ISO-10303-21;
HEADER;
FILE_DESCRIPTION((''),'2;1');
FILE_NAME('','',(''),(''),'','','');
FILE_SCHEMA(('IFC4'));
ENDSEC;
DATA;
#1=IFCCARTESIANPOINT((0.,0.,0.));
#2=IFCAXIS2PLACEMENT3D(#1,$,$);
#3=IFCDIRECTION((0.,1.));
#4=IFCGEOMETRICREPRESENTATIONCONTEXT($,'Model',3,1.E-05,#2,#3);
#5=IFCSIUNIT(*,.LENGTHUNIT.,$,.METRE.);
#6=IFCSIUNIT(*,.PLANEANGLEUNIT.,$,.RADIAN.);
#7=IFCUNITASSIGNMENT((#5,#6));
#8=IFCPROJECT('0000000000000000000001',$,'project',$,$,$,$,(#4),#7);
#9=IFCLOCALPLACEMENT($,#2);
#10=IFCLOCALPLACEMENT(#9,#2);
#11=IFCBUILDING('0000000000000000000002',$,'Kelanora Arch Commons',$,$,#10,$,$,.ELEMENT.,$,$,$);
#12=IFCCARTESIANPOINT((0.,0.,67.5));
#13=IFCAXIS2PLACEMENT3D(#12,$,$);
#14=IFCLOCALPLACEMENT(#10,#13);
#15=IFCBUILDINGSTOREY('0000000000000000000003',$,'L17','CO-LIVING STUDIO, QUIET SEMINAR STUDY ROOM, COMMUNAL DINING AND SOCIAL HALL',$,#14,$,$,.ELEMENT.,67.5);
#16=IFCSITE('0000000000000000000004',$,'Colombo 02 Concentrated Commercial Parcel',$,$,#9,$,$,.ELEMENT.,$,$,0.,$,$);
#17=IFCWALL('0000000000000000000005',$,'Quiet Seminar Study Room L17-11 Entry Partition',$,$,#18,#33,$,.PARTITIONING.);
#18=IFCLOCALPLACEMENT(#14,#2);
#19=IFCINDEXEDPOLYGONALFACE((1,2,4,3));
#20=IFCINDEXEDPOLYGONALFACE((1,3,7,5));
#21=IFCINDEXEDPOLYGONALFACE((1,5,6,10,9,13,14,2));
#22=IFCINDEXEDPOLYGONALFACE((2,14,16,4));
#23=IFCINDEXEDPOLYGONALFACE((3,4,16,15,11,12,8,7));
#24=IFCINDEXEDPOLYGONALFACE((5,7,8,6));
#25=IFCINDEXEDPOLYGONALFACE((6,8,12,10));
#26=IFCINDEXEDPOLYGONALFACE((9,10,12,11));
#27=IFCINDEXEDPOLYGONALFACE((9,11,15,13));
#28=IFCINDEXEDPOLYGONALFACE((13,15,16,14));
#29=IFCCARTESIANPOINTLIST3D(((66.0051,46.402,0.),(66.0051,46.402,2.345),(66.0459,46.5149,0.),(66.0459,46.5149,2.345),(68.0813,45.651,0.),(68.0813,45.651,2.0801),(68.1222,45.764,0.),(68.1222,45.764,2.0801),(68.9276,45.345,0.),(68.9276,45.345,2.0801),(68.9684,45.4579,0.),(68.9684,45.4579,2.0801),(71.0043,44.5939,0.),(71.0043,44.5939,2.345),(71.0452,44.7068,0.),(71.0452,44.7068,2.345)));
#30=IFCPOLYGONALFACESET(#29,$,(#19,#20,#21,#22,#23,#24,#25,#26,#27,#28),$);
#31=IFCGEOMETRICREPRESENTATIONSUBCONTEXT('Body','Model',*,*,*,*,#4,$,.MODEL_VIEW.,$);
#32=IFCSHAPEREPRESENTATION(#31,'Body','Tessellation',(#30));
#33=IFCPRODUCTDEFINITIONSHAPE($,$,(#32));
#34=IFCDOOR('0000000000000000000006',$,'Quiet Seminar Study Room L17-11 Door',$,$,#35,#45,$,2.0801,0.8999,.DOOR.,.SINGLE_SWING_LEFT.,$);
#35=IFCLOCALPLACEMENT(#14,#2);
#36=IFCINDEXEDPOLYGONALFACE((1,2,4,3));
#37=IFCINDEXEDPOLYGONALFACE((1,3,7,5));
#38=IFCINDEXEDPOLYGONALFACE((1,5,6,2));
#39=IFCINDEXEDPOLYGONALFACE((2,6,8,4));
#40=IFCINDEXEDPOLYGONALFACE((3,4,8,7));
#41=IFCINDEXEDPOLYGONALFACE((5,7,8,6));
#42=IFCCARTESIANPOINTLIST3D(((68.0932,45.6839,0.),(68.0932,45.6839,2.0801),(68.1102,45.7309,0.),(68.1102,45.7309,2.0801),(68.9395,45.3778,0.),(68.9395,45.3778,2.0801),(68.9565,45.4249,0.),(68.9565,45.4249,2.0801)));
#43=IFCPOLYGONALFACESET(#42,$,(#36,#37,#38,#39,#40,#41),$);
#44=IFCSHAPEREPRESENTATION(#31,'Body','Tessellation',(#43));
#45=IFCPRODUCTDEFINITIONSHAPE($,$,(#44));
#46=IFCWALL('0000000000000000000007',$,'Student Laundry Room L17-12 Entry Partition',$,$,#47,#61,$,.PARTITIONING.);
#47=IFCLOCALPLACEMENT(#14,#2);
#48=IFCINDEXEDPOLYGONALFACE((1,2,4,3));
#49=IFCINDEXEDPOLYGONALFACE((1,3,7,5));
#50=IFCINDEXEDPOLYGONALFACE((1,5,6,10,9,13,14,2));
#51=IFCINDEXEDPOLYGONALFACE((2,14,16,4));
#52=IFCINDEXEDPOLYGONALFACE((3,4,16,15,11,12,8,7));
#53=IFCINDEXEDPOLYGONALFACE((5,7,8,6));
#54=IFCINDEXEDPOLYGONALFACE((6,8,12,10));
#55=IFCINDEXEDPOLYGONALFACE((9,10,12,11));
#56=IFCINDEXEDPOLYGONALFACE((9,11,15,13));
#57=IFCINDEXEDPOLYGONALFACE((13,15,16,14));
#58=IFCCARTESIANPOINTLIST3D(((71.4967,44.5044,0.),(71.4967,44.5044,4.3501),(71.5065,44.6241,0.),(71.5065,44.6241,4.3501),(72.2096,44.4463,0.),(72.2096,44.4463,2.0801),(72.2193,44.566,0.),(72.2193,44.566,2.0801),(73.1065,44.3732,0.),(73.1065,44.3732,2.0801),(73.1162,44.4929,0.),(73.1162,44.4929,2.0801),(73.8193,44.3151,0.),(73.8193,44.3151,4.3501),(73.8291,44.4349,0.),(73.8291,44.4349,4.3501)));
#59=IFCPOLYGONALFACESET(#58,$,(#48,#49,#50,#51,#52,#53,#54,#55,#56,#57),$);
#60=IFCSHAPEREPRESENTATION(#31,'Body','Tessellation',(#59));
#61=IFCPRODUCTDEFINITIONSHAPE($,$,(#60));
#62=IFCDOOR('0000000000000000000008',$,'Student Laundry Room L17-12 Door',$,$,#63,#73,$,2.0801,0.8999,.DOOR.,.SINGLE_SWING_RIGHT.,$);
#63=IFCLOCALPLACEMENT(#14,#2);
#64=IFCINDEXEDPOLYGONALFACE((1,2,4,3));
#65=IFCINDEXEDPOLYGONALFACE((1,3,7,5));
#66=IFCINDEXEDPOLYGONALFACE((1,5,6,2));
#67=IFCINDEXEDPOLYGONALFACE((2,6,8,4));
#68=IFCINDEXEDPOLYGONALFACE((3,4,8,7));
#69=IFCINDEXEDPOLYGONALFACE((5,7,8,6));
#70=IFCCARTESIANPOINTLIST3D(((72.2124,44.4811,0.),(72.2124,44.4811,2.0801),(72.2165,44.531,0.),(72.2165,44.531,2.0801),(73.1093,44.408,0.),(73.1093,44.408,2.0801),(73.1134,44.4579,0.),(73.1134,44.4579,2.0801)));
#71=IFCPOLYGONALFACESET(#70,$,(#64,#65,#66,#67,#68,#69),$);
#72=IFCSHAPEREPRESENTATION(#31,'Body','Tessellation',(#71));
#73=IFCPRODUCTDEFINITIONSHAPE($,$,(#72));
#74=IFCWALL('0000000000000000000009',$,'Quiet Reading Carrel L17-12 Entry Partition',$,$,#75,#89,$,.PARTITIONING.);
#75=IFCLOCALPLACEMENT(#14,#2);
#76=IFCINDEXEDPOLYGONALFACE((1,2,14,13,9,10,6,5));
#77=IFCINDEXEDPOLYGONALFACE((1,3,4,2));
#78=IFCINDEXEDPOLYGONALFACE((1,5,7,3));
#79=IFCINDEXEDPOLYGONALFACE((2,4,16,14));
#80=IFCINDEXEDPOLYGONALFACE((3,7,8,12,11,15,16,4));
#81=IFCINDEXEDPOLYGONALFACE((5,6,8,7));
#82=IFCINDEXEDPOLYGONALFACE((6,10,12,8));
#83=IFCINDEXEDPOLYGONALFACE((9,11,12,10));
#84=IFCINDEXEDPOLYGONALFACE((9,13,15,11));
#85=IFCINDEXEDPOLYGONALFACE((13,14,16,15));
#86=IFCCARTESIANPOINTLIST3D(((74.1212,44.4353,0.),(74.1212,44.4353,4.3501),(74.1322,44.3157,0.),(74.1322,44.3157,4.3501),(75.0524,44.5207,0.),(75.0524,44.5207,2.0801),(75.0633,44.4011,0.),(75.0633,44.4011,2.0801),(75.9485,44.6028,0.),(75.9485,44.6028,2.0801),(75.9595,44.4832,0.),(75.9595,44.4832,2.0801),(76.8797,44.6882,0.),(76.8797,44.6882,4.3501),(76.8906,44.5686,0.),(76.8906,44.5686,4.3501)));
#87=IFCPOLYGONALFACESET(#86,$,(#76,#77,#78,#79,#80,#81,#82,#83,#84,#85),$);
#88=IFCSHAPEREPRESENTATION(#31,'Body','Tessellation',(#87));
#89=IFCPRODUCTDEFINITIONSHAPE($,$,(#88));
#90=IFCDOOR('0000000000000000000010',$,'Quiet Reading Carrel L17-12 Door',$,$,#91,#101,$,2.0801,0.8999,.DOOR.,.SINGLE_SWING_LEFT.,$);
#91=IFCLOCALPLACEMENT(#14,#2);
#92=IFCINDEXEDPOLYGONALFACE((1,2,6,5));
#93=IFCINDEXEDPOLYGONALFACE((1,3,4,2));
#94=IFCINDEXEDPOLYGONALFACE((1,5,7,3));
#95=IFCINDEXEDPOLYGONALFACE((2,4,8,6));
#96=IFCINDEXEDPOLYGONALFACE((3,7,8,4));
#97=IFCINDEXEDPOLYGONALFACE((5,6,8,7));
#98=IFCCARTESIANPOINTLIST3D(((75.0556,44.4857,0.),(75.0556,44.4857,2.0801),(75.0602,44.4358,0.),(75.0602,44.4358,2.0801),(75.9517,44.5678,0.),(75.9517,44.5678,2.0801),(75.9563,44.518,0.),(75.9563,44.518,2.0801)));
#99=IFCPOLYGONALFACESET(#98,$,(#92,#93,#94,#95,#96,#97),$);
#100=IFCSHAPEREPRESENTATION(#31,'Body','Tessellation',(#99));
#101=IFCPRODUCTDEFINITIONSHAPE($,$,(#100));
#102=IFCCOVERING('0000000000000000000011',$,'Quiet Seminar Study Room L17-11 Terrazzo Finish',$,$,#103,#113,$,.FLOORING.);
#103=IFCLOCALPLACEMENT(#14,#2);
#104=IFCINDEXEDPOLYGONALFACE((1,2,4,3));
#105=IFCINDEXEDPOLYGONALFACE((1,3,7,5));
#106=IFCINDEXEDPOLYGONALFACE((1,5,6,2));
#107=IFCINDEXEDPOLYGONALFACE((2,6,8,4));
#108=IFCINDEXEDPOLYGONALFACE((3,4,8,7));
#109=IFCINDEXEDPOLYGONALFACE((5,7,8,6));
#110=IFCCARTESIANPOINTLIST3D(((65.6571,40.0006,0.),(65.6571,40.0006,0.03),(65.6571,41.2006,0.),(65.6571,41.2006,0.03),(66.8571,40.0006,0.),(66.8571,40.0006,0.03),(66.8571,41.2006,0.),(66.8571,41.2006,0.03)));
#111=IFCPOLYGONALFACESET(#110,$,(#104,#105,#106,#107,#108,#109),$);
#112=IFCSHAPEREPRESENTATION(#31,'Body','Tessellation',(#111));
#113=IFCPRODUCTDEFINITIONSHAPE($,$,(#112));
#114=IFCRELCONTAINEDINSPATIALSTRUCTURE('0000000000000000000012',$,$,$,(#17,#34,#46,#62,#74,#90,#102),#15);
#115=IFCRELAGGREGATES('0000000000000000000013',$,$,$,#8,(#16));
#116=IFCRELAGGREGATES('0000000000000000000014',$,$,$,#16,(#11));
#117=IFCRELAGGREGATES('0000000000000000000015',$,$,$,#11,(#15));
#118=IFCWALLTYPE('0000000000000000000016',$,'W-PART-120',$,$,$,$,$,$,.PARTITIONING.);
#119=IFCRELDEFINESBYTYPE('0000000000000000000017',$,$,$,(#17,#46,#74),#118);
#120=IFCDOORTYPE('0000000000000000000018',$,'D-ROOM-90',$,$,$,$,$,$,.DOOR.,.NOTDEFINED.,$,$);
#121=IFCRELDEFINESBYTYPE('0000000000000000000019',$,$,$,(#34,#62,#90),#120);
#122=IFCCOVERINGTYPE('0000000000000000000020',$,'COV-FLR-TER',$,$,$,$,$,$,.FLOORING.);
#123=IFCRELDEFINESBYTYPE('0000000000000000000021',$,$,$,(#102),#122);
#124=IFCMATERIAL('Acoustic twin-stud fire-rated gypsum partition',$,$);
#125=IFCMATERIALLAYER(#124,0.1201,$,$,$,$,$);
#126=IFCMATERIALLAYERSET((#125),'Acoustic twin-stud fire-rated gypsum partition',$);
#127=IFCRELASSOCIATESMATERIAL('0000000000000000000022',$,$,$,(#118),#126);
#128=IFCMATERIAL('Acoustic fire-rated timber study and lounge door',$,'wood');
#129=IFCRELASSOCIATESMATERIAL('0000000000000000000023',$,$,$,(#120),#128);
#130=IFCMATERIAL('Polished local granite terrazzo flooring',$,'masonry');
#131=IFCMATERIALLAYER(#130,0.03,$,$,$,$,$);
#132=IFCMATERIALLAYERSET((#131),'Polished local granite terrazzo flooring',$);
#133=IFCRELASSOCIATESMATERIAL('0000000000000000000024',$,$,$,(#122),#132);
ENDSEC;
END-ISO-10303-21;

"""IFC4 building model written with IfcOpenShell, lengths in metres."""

from ifc_helpers import new_model, si_unit, direction, frame, frame_2d, origin, origin_2d, place, context, subcontext, project, spatial, rectangle, extrude, source, transform, mapped, material, layer, layer_set, type_object, element, fill, save


model = new_model("IFC4")

# Units and contexts
model_context = context("Model", 3, precision=1e-05, world=origin(), true_north=direction((0.0, 1.0)))
body_context = subcontext(model_context, "Body", "Model", "MODEL_VIEW")
ifc_project = project(units=[si_unit("LENGTHUNIT", "METRE"), si_unit("PLANEANGLEUNIT", "RADIAN")], contexts=[model_context])

# Site, building, storey
site_placement = place(None, origin())
site = spatial("IfcSite", under=ifc_project, at=site_placement, Name="Colombo 02 Concentrated Commercial Parcel", CompositionType="ELEMENT", RefElevation=0.0)
building_placement = place(site_placement, origin())
building = spatial("IfcBuilding", under=site, at=building_placement, Name="Kelanora Arch Commons", CompositionType="ELEMENT")
storey_placement = place(building_placement, frame((0.0, 0.0, 67.5)))
storey = spatial("IfcBuildingStorey", under=building, at=storey_placement, Name="L17", Description="CO-LIVING STUDIO, QUIET SEMINAR STUDY ROOM, COMMUNAL DINING AND SOCIAL HALL", CompositionType="ELEMENT", Elevation=67.5)

# Walls, openings, doors
ifc_material_1 = material(Name="Acoustic twin-stud fire-rated gypsum partition")
ifc_layer_1 = layer(ifc_material_1, 0.1201)
ifc_layer_set_1 = layer_set([ifc_layer_1], Name="Acoustic twin-stud fire-rated gypsum partition")
wall_type_1 = type_object("IfcWallType", Name="W-PART-120", PredefinedType="PARTITIONING", material=ifc_layer_set_1)
ifc_material_2 = material(Name="Acoustic fire-rated timber study and lounge door", Category="wood")
door_type = type_object("IfcDoorType", Name="D-ROOM-90", OperationType="NOTDEFINED", PredefinedType="DOOR", material=ifc_material_2)
wall_1_placement = place(storey_placement, frame((66.0254, 46.4585, 0.0), z_axis=(0.0, 0.0, 1.0), x_axis=(0.940385, -0.340113, 0.0)))
wall_1 = element("IfcWall", 1, at=wall_1_placement, inside=storey, type_object=wall_type_1, Name="Quiet Seminar Study Room L17-11 Entry Partition", PredefinedType="PARTITIONING", context=body_context, shape_type="SweptSolid", body=[
    extrude(rectangle(XDim=5.3162, YDim=0.1201, at=frame_2d((2.6582, 0.0))), origin(), (0.0, 0.0, 1.0), 2.345),
])
opening_1_placement = place(wall_1_placement, frame((2.208, 0.0, 0.0)))
opening_1 = element("IfcOpeningElement", 2, at=opening_1_placement, cuts=wall_1, PredefinedType="OPENING", context=body_context, shape_type="SweptSolid", body=[
    extrude(rectangle(XDim=0.8999, YDim=2.0801, at=frame_2d((0.45, 1.04))), frame((0.0, 0.0701, 0.0), z_axis=(0.0, -1.0, 0.0), x_axis=(1.0, 0.0, 0.0)), (0.0, 0.0, 1.0), 0.1401),
])
door_1_placement = place(opening_1_placement, origin())
door_1 = element("IfcDoor", 3, at=door_1_placement, inside=storey, type_object=door_type, Name="Quiet Seminar Study Room L17-11 Door", OperationType="SINGLE_SWING_LEFT", OverallHeight=2.0801, OverallWidth=0.8999, PredefinedType="DOOR", context=body_context, shape_type="SweptSolid", body=[
    extrude(rectangle(XDim=0.8999, YDim=2.0801, at=frame_2d((0.45, 1.04))), frame((0.0, 0.0249, 0.0), z_axis=(0.0, -1.0, 0.0), x_axis=(1.0, 0.0, 0.0)), (0.0, 0.0, 1.0), 0.05),
])
fill(opening_1, door_1)
wall_2_placement = place(storey_placement, frame((71.5017, 44.5642, 0.0), z_axis=(0.0, 0.0, 1.0), x_axis=(0.996698, -0.081198, 0.0)))
wall_2 = element("IfcWall", 4, at=wall_2_placement, inside=storey, type_object=wall_type_1, Name="Student Laundry Room L17-12 Entry Partition", PredefinedType="PARTITIONING", context=body_context, shape_type="SweptSolid", body=[
    extrude(rectangle(XDim=2.3303, YDim=0.1201, at=frame_2d((1.165, 0.0))), origin(), (0.0, 0.0, 1.0), 4.3501),
])
opening_2_placement = place(wall_2_placement, frame((0.7151, 0.0, 0.0)))
opening_2 = element("IfcOpeningElement", 5, at=opening_2_placement, cuts=wall_2, PredefinedType="OPENING", context=body_context, shape_type="SweptSolid", body=[
    extrude(rectangle(XDim=0.8999, YDim=2.0801, at=frame_2d((0.45, 1.04))), frame((0.0, 0.0701, 0.0), z_axis=(0.0, -1.0, 0.0), x_axis=(1.0, 0.0, 0.0)), (0.0, 0.0, 1.0), 0.1401),
])
door_2_placement = place(opening_2_placement, origin())
door_2 = element("IfcDoor", 6, at=door_2_placement, inside=storey, type_object=door_type, Name="Student Laundry Room L17-12 Door", OperationType="SINGLE_SWING_RIGHT", OverallHeight=2.0801, OverallWidth=0.8999, PredefinedType="DOOR", context=body_context, shape_type="SweptSolid", body=[
    extrude(rectangle(XDim=0.8999, YDim=2.0801, at=frame_2d((0.45, 1.04))), frame((0.0, 0.0249, 0.0), z_axis=(0.0, -1.0, 0.0), x_axis=(1.0, 0.0, 0.0)), (0.0, 0.0, 1.0), 0.05),
])
fill(opening_2, door_2)
wall_3_placement = place(storey_placement, frame((74.1267, 44.3755, 0.0), z_axis=(0.0, 0.0, 1.0), x_axis=(0.995823, 0.091307, 0.0)))
wall_3 = element("IfcWall", 7, at=wall_3_placement, inside=storey, type_object=wall_type_1, Name="Quiet Reading Carrel L17-12 Entry Partition", PredefinedType="PARTITIONING", context=body_context, shape_type="SweptSolid", body=[
    extrude(rectangle(XDim=2.77, YDim=0.1201, at=frame_2d((1.385, 0.0))), origin(), (0.0, 0.0, 1.0), 4.3501),
])
opening_3_placement = place(wall_3_placement, frame((0.9351, 0.0, 0.0)))
opening_3 = element("IfcOpeningElement", 8, at=opening_3_placement, cuts=wall_3, PredefinedType="OPENING", context=body_context, shape_type="SweptSolid", body=[
    extrude(rectangle(XDim=0.8999, YDim=2.0801, at=frame_2d((0.45, 1.04))), frame((0.0, 0.0701, 0.0), z_axis=(0.0, -1.0, 0.0), x_axis=(1.0, 0.0, 0.0)), (0.0, 0.0, 1.0), 0.1401),
])
door_3_placement = place(opening_3_placement, origin())
door_3 = element("IfcDoor", 9, at=door_3_placement, inside=storey, type_object=door_type, Name="Quiet Reading Carrel L17-12 Door", OperationType="SINGLE_SWING_LEFT", OverallHeight=2.0801, OverallWidth=0.8999, PredefinedType="DOOR", context=body_context, shape_type="SweptSolid", body=[
    extrude(rectangle(XDim=0.8999, YDim=2.0801, at=frame_2d((0.45, 1.04))), frame((0.0, 0.0249, 0.0), z_axis=(0.0, -1.0, 0.0), x_axis=(1.0, 0.0, 0.0)), (0.0, 0.0, 1.0), 0.05),
])
fill(opening_3, door_3)

# Covering
ifc_material_3 = material(Name="Polished local granite terrazzo flooring", Category="masonry")
ifc_layer_2 = layer(ifc_material_3, 0.03)
ifc_layer_set_2 = layer_set([ifc_layer_2], Name="Polished local granite terrazzo flooring")
covering_type = type_object("IfcCoveringType", Name="COV-FLR-TER", PredefinedType="FLOORING", material=ifc_layer_set_2)
shared_shape = source(origin(), body_context, "Body", "SweptSolid", [
    extrude(rectangle(XDim=1.2, YDim=1.2, at=origin_2d()), origin(), (0.0, 0.0, 1.0), 0.03),
])
covering_placement = place(storey_placement, frame((66.2571, 40.6006, 0.0), z_axis=(0.0, 0.0, 1.0), x_axis=(1.0, 0.0, 0.0)))
element("IfcCovering", 10, at=covering_placement, inside=storey, type_object=covering_type, Name="Quiet Seminar Study Room L17-11 Terrazzo Finish", PredefinedType="FLOORING", context=body_context, shape_type="MappedRepresentation", body=[
    mapped(shared_shape, transform((0.0, 0.0, 0.0), scale=1.0)),
])

save(model, "model.ifc")
